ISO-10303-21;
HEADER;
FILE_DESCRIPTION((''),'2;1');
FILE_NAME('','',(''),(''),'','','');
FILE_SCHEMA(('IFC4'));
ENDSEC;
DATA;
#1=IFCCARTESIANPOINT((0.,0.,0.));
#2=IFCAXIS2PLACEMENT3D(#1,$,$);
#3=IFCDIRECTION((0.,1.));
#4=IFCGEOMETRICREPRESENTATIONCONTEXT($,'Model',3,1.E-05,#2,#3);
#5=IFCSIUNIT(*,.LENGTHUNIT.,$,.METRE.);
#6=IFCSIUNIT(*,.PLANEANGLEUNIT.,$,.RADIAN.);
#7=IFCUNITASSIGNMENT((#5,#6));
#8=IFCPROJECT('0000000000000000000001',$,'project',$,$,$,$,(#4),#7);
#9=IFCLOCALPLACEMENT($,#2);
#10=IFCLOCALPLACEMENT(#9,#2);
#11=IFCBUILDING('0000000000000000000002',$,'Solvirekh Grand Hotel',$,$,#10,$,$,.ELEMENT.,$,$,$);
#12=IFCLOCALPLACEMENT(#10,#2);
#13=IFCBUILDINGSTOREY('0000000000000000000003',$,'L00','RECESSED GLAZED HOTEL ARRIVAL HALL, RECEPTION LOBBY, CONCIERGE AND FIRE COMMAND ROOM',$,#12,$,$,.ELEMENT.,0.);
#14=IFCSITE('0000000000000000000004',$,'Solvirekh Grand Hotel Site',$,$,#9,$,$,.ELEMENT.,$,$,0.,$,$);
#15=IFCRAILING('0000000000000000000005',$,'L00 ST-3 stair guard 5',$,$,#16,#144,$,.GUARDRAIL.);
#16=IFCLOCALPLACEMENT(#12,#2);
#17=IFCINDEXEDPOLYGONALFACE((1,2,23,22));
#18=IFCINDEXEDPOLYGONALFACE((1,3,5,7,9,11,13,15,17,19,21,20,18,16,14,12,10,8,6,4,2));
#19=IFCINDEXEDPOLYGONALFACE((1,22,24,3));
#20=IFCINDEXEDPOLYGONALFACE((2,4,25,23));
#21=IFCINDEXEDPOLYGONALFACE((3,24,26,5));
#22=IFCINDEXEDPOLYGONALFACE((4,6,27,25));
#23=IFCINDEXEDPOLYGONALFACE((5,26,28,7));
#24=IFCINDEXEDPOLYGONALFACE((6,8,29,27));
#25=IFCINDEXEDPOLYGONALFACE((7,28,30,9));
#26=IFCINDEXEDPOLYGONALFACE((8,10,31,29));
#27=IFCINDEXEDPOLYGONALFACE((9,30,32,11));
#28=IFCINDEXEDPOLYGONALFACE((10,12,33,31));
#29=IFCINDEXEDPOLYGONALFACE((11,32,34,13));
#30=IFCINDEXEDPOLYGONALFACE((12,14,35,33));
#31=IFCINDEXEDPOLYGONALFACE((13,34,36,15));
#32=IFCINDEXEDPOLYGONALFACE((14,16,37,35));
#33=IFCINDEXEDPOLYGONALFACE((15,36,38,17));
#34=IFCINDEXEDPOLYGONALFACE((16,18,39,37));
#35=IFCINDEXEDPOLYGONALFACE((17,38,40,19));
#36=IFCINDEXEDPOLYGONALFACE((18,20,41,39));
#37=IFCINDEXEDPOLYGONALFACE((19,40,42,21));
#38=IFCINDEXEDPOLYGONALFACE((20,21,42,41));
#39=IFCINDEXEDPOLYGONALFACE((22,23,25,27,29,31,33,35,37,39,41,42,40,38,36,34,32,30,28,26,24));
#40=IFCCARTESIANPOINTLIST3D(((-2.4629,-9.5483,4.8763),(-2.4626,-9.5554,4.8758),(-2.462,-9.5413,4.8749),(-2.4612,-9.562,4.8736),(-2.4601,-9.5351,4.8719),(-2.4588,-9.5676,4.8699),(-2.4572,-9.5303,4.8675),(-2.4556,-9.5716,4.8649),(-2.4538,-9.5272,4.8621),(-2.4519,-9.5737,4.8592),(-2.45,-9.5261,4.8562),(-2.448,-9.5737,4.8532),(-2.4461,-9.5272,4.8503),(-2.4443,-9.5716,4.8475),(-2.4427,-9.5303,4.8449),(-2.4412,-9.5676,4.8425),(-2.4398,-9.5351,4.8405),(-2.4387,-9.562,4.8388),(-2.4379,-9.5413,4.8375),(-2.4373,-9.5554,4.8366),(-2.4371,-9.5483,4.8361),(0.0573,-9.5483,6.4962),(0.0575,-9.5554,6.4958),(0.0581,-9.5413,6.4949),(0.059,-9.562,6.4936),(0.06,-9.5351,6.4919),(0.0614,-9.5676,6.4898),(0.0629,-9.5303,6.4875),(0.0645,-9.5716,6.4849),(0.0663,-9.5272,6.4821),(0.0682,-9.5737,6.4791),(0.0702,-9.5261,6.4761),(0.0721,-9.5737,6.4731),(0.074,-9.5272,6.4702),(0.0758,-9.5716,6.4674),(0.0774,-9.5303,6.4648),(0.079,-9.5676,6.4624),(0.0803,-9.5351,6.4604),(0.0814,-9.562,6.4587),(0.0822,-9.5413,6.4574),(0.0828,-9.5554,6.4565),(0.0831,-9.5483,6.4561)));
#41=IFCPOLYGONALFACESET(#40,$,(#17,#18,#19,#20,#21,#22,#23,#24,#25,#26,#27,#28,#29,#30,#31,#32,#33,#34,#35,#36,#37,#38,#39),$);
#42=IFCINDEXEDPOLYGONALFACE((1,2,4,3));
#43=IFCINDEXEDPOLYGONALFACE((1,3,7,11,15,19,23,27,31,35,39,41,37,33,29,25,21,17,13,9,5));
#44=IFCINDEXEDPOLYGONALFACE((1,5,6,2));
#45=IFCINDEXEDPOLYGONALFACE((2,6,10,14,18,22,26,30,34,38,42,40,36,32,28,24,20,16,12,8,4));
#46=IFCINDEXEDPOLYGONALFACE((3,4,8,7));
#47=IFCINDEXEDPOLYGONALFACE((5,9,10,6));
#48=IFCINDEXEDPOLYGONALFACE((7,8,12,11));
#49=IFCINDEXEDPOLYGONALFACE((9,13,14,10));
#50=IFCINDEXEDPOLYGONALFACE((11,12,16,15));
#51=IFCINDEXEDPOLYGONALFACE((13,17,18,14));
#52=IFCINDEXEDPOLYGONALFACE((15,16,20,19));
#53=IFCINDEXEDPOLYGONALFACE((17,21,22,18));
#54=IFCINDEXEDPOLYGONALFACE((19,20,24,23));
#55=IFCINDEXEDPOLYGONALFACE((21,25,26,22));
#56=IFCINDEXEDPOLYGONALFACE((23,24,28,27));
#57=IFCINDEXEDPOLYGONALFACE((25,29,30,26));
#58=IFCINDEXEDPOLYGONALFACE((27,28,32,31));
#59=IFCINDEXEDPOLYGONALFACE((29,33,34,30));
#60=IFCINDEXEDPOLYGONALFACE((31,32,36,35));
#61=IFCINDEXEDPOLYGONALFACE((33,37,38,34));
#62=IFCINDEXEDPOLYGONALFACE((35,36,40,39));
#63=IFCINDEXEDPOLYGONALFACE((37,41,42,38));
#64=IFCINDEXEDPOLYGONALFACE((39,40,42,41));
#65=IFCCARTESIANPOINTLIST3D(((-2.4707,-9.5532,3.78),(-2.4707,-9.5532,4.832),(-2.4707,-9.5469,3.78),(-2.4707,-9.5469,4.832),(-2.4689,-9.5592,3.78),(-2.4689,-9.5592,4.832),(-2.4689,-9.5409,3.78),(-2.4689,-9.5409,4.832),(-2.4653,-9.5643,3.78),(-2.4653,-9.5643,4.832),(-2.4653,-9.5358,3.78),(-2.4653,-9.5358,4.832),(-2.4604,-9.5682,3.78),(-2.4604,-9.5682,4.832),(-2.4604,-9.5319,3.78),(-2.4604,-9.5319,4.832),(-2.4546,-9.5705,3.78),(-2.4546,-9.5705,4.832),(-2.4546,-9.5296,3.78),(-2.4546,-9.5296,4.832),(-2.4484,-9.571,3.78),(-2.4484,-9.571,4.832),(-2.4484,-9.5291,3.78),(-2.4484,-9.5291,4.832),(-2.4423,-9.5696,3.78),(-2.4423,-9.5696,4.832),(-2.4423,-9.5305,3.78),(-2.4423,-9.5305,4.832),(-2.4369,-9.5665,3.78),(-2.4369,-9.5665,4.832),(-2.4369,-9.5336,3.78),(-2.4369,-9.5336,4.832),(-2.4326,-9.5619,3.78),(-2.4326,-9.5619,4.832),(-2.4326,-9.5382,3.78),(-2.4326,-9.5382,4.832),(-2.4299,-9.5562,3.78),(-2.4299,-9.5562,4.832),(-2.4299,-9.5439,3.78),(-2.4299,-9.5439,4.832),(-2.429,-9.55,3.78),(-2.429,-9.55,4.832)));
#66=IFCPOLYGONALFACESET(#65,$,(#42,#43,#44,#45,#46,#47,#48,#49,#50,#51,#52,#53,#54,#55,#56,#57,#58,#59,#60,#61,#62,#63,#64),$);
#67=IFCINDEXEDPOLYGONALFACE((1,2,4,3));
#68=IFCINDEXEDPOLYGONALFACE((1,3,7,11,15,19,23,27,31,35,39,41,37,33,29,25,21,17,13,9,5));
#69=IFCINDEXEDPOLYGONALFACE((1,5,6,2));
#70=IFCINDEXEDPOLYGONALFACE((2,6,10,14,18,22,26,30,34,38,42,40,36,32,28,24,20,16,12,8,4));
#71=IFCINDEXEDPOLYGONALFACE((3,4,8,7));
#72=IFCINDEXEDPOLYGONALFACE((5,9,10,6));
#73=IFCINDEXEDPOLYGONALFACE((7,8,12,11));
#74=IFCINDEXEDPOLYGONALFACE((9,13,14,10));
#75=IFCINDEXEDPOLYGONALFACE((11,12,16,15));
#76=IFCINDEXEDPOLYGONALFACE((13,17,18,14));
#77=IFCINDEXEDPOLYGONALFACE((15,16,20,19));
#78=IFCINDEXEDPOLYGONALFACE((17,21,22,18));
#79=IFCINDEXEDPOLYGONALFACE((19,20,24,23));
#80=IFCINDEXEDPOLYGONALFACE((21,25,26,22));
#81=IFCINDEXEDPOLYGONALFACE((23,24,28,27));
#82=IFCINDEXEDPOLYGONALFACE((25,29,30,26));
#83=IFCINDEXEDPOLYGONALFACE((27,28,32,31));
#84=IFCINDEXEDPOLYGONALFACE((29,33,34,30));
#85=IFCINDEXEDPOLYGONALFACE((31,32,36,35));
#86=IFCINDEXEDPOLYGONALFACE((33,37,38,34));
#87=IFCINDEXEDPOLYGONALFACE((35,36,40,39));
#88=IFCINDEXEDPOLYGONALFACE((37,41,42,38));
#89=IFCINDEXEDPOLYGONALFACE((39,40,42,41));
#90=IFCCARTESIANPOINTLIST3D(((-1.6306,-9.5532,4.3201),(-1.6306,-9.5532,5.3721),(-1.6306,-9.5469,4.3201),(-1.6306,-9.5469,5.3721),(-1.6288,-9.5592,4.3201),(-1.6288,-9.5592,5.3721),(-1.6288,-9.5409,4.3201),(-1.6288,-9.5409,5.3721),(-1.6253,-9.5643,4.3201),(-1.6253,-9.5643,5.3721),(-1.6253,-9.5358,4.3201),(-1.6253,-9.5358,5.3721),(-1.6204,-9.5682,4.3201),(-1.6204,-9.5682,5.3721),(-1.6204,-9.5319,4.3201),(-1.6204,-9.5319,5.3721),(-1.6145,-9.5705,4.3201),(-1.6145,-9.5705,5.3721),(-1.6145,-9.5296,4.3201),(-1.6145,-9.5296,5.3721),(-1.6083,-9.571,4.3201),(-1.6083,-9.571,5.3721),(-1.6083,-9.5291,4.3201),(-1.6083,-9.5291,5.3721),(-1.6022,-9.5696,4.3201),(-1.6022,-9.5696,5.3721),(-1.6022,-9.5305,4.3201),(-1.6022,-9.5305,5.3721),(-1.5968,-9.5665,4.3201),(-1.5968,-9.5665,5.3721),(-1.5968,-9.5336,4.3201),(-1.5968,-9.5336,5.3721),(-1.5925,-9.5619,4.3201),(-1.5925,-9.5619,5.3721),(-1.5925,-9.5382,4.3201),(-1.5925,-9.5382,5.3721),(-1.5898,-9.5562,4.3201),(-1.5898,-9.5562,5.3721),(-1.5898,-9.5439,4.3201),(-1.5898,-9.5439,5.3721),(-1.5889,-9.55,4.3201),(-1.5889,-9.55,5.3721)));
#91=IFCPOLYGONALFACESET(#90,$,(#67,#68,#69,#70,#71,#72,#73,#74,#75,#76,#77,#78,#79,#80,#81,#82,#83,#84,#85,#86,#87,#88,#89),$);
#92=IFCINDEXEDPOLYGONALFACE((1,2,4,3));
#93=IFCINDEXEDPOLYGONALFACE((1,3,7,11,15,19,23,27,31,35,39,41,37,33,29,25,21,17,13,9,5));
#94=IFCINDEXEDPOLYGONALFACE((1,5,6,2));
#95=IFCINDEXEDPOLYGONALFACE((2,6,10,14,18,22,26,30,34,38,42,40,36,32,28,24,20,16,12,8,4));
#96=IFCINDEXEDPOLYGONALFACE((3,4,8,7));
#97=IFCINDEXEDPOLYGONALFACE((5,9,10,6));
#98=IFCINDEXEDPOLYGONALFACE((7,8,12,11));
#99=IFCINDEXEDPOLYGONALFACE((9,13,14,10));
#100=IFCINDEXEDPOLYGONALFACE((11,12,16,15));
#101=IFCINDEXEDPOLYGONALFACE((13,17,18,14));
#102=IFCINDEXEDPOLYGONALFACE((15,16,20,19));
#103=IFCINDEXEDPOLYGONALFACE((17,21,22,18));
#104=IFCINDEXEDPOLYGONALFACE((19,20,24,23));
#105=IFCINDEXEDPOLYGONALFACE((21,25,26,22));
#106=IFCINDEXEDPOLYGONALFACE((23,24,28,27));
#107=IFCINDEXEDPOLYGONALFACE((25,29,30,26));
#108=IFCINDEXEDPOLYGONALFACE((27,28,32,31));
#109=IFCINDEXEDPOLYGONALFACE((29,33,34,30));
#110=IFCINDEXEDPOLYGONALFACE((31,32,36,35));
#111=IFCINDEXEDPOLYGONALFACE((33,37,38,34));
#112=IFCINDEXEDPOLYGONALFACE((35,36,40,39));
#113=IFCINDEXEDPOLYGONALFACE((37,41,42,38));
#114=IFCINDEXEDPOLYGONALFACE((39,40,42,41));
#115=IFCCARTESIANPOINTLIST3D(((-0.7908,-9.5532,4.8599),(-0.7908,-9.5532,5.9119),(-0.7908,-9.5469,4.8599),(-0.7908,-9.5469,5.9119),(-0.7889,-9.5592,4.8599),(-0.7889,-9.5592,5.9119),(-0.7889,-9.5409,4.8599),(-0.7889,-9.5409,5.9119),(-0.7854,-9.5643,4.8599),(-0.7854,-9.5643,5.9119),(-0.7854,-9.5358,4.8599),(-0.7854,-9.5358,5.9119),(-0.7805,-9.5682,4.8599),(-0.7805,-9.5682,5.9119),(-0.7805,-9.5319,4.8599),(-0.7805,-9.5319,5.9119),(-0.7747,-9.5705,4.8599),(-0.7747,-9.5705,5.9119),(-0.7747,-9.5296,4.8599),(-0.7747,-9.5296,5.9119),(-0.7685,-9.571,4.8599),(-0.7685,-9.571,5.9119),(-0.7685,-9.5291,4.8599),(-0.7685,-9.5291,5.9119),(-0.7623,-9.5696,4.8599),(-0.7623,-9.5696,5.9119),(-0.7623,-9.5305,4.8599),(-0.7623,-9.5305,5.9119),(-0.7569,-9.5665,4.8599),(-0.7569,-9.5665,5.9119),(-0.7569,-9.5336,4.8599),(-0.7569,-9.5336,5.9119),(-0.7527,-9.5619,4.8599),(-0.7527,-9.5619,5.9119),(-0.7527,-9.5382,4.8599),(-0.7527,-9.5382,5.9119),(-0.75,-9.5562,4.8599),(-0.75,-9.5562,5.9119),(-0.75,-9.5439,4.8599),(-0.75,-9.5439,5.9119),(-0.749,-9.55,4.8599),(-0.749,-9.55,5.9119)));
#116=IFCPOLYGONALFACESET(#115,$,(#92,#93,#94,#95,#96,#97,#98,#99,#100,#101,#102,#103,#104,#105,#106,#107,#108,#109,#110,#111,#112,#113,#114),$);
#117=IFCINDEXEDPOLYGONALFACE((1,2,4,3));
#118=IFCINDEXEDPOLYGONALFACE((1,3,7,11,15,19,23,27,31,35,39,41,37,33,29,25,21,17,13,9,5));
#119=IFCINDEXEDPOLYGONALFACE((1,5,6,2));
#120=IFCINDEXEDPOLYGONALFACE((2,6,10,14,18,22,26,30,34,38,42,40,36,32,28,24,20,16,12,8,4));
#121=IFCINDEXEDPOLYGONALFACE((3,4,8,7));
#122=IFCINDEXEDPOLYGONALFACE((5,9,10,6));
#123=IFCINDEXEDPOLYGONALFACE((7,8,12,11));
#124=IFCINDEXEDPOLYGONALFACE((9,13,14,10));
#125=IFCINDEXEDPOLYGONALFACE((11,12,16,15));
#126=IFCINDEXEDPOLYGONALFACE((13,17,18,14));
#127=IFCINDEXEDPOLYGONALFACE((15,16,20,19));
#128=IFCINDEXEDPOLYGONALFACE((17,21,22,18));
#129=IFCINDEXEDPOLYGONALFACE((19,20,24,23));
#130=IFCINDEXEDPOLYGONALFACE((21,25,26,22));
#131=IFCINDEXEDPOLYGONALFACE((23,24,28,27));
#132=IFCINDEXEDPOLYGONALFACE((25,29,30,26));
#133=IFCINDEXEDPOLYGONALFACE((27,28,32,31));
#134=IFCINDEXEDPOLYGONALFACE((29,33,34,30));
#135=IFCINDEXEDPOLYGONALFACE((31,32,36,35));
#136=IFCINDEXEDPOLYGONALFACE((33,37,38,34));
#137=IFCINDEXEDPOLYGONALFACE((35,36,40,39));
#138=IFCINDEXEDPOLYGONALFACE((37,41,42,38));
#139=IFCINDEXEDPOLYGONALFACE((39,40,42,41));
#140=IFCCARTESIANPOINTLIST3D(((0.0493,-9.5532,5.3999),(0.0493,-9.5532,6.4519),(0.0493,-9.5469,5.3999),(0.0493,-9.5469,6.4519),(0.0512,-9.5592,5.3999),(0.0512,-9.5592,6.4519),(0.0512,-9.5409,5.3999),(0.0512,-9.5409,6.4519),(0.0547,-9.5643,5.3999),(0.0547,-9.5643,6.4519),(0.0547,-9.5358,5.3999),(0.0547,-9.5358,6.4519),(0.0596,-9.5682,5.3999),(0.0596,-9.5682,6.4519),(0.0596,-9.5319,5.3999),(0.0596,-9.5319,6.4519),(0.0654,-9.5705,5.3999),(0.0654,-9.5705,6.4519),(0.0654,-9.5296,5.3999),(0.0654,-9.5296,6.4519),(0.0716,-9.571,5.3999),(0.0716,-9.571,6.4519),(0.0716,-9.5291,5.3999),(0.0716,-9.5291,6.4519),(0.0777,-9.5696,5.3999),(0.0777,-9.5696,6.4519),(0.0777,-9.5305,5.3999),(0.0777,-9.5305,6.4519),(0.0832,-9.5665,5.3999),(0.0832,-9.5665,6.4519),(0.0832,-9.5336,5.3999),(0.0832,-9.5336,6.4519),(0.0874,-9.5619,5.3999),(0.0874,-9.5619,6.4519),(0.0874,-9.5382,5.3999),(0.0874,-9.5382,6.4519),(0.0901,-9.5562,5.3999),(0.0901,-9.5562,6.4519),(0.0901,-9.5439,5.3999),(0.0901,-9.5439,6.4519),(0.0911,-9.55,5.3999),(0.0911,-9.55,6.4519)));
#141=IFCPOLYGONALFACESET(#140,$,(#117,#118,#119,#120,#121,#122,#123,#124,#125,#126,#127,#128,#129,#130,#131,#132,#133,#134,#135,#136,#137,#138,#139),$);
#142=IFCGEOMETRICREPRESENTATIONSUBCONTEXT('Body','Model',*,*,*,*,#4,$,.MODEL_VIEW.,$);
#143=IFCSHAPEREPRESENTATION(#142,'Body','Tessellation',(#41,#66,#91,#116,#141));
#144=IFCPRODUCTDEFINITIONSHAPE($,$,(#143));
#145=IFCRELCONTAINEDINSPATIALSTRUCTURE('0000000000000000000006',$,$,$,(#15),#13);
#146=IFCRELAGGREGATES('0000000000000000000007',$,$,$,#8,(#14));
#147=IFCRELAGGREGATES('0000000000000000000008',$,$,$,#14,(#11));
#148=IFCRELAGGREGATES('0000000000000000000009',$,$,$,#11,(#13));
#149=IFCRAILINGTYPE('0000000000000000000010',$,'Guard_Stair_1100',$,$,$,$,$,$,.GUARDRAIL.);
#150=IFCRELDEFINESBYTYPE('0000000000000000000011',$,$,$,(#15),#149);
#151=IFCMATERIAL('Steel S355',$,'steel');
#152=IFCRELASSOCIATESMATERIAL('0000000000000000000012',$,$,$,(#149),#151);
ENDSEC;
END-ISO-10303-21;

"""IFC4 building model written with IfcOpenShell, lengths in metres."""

from ifc_helpers import new_model, si_unit, direction, frame, origin, origin_2d, place, context, subcontext, project, spatial, circle, extrude, material, type_object, element, save


model = new_model("IFC4")

# Units and contexts
model_context = context("Model", 3, precision=1e-05, world=origin(), true_north=direction((0.0, 1.0)))
body_context = subcontext(model_context, "Body", "Model", "MODEL_VIEW")
ifc_project = project(units=[si_unit("LENGTHUNIT", "METRE"), si_unit("PLANEANGLEUNIT", "RADIAN")], contexts=[model_context])

# Site, building, storey
site_placement = place(None, origin())
site = spatial("IfcSite", under=ifc_project, at=site_placement, Name="Solvirekh Grand Hotel Site", CompositionType="ELEMENT", RefElevation=0.0)
building_placement = place(site_placement, origin())
building = spatial("IfcBuilding", under=site, at=building_placement, Name="Solvirekh Grand Hotel", CompositionType="ELEMENT")
storey_placement = place(building_placement, origin())
storey = spatial("IfcBuildingStorey", under=building, at=storey_placement, Name="L00", Description="RECESSED GLAZED HOTEL ARRIVAL HALL, RECEPTION LOBBY, CONCIERGE AND FIRE COMMAND ROOM", CompositionType="ELEMENT", Elevation=0.0)

# Railing
ifc_material_1 = material(Name="Steel S355", Category="steel")
railing_type_1 = type_object("IfcRailingType", Name="Guard_Stair_1100", PredefinedType="GUARDRAIL", material=ifc_material_1)
railing_1_placement = place(storey_placement, frame((-2.45, -9.55, 3.78)))
element("IfcRailing", 1, at=railing_1_placement, inside=storey, type_object=railing_type_1, Name="L00 ST-3 stair guard 5", PredefinedType="GUARDRAIL", context=body_context, shape_type="SweptSolid", body=[
    extrude(circle(Radius=0.0239, at=origin_2d()), frame((0.0, 0.0, 1.0762), z_axis=(0.8412, 0.0, 0.540725), x_axis=(0.0, 1.0, 0.0)), (0.0, 0.0, 1.0), 2.9958),
    extrude(circle(Radius=0.021, at=origin_2d()), origin(), (0.0, 0.0, 1.0), 1.052),
    extrude(circle(Radius=0.021, at=origin_2d()), frame((0.8401, 0.0, 0.54)), (0.0, 0.0, 1.0), 1.052),
    extrude(circle(Radius=0.021, at=origin_2d()), frame((1.6799, 0.0, 1.0798)), (0.0, 0.0, 1.0), 1.052),
    extrude(circle(Radius=0.021, at=origin_2d()), frame((2.52, 0.0, 1.6199)), (0.0, 0.0, 1.0), 1.052),
])

save(model, "model.ifc")
